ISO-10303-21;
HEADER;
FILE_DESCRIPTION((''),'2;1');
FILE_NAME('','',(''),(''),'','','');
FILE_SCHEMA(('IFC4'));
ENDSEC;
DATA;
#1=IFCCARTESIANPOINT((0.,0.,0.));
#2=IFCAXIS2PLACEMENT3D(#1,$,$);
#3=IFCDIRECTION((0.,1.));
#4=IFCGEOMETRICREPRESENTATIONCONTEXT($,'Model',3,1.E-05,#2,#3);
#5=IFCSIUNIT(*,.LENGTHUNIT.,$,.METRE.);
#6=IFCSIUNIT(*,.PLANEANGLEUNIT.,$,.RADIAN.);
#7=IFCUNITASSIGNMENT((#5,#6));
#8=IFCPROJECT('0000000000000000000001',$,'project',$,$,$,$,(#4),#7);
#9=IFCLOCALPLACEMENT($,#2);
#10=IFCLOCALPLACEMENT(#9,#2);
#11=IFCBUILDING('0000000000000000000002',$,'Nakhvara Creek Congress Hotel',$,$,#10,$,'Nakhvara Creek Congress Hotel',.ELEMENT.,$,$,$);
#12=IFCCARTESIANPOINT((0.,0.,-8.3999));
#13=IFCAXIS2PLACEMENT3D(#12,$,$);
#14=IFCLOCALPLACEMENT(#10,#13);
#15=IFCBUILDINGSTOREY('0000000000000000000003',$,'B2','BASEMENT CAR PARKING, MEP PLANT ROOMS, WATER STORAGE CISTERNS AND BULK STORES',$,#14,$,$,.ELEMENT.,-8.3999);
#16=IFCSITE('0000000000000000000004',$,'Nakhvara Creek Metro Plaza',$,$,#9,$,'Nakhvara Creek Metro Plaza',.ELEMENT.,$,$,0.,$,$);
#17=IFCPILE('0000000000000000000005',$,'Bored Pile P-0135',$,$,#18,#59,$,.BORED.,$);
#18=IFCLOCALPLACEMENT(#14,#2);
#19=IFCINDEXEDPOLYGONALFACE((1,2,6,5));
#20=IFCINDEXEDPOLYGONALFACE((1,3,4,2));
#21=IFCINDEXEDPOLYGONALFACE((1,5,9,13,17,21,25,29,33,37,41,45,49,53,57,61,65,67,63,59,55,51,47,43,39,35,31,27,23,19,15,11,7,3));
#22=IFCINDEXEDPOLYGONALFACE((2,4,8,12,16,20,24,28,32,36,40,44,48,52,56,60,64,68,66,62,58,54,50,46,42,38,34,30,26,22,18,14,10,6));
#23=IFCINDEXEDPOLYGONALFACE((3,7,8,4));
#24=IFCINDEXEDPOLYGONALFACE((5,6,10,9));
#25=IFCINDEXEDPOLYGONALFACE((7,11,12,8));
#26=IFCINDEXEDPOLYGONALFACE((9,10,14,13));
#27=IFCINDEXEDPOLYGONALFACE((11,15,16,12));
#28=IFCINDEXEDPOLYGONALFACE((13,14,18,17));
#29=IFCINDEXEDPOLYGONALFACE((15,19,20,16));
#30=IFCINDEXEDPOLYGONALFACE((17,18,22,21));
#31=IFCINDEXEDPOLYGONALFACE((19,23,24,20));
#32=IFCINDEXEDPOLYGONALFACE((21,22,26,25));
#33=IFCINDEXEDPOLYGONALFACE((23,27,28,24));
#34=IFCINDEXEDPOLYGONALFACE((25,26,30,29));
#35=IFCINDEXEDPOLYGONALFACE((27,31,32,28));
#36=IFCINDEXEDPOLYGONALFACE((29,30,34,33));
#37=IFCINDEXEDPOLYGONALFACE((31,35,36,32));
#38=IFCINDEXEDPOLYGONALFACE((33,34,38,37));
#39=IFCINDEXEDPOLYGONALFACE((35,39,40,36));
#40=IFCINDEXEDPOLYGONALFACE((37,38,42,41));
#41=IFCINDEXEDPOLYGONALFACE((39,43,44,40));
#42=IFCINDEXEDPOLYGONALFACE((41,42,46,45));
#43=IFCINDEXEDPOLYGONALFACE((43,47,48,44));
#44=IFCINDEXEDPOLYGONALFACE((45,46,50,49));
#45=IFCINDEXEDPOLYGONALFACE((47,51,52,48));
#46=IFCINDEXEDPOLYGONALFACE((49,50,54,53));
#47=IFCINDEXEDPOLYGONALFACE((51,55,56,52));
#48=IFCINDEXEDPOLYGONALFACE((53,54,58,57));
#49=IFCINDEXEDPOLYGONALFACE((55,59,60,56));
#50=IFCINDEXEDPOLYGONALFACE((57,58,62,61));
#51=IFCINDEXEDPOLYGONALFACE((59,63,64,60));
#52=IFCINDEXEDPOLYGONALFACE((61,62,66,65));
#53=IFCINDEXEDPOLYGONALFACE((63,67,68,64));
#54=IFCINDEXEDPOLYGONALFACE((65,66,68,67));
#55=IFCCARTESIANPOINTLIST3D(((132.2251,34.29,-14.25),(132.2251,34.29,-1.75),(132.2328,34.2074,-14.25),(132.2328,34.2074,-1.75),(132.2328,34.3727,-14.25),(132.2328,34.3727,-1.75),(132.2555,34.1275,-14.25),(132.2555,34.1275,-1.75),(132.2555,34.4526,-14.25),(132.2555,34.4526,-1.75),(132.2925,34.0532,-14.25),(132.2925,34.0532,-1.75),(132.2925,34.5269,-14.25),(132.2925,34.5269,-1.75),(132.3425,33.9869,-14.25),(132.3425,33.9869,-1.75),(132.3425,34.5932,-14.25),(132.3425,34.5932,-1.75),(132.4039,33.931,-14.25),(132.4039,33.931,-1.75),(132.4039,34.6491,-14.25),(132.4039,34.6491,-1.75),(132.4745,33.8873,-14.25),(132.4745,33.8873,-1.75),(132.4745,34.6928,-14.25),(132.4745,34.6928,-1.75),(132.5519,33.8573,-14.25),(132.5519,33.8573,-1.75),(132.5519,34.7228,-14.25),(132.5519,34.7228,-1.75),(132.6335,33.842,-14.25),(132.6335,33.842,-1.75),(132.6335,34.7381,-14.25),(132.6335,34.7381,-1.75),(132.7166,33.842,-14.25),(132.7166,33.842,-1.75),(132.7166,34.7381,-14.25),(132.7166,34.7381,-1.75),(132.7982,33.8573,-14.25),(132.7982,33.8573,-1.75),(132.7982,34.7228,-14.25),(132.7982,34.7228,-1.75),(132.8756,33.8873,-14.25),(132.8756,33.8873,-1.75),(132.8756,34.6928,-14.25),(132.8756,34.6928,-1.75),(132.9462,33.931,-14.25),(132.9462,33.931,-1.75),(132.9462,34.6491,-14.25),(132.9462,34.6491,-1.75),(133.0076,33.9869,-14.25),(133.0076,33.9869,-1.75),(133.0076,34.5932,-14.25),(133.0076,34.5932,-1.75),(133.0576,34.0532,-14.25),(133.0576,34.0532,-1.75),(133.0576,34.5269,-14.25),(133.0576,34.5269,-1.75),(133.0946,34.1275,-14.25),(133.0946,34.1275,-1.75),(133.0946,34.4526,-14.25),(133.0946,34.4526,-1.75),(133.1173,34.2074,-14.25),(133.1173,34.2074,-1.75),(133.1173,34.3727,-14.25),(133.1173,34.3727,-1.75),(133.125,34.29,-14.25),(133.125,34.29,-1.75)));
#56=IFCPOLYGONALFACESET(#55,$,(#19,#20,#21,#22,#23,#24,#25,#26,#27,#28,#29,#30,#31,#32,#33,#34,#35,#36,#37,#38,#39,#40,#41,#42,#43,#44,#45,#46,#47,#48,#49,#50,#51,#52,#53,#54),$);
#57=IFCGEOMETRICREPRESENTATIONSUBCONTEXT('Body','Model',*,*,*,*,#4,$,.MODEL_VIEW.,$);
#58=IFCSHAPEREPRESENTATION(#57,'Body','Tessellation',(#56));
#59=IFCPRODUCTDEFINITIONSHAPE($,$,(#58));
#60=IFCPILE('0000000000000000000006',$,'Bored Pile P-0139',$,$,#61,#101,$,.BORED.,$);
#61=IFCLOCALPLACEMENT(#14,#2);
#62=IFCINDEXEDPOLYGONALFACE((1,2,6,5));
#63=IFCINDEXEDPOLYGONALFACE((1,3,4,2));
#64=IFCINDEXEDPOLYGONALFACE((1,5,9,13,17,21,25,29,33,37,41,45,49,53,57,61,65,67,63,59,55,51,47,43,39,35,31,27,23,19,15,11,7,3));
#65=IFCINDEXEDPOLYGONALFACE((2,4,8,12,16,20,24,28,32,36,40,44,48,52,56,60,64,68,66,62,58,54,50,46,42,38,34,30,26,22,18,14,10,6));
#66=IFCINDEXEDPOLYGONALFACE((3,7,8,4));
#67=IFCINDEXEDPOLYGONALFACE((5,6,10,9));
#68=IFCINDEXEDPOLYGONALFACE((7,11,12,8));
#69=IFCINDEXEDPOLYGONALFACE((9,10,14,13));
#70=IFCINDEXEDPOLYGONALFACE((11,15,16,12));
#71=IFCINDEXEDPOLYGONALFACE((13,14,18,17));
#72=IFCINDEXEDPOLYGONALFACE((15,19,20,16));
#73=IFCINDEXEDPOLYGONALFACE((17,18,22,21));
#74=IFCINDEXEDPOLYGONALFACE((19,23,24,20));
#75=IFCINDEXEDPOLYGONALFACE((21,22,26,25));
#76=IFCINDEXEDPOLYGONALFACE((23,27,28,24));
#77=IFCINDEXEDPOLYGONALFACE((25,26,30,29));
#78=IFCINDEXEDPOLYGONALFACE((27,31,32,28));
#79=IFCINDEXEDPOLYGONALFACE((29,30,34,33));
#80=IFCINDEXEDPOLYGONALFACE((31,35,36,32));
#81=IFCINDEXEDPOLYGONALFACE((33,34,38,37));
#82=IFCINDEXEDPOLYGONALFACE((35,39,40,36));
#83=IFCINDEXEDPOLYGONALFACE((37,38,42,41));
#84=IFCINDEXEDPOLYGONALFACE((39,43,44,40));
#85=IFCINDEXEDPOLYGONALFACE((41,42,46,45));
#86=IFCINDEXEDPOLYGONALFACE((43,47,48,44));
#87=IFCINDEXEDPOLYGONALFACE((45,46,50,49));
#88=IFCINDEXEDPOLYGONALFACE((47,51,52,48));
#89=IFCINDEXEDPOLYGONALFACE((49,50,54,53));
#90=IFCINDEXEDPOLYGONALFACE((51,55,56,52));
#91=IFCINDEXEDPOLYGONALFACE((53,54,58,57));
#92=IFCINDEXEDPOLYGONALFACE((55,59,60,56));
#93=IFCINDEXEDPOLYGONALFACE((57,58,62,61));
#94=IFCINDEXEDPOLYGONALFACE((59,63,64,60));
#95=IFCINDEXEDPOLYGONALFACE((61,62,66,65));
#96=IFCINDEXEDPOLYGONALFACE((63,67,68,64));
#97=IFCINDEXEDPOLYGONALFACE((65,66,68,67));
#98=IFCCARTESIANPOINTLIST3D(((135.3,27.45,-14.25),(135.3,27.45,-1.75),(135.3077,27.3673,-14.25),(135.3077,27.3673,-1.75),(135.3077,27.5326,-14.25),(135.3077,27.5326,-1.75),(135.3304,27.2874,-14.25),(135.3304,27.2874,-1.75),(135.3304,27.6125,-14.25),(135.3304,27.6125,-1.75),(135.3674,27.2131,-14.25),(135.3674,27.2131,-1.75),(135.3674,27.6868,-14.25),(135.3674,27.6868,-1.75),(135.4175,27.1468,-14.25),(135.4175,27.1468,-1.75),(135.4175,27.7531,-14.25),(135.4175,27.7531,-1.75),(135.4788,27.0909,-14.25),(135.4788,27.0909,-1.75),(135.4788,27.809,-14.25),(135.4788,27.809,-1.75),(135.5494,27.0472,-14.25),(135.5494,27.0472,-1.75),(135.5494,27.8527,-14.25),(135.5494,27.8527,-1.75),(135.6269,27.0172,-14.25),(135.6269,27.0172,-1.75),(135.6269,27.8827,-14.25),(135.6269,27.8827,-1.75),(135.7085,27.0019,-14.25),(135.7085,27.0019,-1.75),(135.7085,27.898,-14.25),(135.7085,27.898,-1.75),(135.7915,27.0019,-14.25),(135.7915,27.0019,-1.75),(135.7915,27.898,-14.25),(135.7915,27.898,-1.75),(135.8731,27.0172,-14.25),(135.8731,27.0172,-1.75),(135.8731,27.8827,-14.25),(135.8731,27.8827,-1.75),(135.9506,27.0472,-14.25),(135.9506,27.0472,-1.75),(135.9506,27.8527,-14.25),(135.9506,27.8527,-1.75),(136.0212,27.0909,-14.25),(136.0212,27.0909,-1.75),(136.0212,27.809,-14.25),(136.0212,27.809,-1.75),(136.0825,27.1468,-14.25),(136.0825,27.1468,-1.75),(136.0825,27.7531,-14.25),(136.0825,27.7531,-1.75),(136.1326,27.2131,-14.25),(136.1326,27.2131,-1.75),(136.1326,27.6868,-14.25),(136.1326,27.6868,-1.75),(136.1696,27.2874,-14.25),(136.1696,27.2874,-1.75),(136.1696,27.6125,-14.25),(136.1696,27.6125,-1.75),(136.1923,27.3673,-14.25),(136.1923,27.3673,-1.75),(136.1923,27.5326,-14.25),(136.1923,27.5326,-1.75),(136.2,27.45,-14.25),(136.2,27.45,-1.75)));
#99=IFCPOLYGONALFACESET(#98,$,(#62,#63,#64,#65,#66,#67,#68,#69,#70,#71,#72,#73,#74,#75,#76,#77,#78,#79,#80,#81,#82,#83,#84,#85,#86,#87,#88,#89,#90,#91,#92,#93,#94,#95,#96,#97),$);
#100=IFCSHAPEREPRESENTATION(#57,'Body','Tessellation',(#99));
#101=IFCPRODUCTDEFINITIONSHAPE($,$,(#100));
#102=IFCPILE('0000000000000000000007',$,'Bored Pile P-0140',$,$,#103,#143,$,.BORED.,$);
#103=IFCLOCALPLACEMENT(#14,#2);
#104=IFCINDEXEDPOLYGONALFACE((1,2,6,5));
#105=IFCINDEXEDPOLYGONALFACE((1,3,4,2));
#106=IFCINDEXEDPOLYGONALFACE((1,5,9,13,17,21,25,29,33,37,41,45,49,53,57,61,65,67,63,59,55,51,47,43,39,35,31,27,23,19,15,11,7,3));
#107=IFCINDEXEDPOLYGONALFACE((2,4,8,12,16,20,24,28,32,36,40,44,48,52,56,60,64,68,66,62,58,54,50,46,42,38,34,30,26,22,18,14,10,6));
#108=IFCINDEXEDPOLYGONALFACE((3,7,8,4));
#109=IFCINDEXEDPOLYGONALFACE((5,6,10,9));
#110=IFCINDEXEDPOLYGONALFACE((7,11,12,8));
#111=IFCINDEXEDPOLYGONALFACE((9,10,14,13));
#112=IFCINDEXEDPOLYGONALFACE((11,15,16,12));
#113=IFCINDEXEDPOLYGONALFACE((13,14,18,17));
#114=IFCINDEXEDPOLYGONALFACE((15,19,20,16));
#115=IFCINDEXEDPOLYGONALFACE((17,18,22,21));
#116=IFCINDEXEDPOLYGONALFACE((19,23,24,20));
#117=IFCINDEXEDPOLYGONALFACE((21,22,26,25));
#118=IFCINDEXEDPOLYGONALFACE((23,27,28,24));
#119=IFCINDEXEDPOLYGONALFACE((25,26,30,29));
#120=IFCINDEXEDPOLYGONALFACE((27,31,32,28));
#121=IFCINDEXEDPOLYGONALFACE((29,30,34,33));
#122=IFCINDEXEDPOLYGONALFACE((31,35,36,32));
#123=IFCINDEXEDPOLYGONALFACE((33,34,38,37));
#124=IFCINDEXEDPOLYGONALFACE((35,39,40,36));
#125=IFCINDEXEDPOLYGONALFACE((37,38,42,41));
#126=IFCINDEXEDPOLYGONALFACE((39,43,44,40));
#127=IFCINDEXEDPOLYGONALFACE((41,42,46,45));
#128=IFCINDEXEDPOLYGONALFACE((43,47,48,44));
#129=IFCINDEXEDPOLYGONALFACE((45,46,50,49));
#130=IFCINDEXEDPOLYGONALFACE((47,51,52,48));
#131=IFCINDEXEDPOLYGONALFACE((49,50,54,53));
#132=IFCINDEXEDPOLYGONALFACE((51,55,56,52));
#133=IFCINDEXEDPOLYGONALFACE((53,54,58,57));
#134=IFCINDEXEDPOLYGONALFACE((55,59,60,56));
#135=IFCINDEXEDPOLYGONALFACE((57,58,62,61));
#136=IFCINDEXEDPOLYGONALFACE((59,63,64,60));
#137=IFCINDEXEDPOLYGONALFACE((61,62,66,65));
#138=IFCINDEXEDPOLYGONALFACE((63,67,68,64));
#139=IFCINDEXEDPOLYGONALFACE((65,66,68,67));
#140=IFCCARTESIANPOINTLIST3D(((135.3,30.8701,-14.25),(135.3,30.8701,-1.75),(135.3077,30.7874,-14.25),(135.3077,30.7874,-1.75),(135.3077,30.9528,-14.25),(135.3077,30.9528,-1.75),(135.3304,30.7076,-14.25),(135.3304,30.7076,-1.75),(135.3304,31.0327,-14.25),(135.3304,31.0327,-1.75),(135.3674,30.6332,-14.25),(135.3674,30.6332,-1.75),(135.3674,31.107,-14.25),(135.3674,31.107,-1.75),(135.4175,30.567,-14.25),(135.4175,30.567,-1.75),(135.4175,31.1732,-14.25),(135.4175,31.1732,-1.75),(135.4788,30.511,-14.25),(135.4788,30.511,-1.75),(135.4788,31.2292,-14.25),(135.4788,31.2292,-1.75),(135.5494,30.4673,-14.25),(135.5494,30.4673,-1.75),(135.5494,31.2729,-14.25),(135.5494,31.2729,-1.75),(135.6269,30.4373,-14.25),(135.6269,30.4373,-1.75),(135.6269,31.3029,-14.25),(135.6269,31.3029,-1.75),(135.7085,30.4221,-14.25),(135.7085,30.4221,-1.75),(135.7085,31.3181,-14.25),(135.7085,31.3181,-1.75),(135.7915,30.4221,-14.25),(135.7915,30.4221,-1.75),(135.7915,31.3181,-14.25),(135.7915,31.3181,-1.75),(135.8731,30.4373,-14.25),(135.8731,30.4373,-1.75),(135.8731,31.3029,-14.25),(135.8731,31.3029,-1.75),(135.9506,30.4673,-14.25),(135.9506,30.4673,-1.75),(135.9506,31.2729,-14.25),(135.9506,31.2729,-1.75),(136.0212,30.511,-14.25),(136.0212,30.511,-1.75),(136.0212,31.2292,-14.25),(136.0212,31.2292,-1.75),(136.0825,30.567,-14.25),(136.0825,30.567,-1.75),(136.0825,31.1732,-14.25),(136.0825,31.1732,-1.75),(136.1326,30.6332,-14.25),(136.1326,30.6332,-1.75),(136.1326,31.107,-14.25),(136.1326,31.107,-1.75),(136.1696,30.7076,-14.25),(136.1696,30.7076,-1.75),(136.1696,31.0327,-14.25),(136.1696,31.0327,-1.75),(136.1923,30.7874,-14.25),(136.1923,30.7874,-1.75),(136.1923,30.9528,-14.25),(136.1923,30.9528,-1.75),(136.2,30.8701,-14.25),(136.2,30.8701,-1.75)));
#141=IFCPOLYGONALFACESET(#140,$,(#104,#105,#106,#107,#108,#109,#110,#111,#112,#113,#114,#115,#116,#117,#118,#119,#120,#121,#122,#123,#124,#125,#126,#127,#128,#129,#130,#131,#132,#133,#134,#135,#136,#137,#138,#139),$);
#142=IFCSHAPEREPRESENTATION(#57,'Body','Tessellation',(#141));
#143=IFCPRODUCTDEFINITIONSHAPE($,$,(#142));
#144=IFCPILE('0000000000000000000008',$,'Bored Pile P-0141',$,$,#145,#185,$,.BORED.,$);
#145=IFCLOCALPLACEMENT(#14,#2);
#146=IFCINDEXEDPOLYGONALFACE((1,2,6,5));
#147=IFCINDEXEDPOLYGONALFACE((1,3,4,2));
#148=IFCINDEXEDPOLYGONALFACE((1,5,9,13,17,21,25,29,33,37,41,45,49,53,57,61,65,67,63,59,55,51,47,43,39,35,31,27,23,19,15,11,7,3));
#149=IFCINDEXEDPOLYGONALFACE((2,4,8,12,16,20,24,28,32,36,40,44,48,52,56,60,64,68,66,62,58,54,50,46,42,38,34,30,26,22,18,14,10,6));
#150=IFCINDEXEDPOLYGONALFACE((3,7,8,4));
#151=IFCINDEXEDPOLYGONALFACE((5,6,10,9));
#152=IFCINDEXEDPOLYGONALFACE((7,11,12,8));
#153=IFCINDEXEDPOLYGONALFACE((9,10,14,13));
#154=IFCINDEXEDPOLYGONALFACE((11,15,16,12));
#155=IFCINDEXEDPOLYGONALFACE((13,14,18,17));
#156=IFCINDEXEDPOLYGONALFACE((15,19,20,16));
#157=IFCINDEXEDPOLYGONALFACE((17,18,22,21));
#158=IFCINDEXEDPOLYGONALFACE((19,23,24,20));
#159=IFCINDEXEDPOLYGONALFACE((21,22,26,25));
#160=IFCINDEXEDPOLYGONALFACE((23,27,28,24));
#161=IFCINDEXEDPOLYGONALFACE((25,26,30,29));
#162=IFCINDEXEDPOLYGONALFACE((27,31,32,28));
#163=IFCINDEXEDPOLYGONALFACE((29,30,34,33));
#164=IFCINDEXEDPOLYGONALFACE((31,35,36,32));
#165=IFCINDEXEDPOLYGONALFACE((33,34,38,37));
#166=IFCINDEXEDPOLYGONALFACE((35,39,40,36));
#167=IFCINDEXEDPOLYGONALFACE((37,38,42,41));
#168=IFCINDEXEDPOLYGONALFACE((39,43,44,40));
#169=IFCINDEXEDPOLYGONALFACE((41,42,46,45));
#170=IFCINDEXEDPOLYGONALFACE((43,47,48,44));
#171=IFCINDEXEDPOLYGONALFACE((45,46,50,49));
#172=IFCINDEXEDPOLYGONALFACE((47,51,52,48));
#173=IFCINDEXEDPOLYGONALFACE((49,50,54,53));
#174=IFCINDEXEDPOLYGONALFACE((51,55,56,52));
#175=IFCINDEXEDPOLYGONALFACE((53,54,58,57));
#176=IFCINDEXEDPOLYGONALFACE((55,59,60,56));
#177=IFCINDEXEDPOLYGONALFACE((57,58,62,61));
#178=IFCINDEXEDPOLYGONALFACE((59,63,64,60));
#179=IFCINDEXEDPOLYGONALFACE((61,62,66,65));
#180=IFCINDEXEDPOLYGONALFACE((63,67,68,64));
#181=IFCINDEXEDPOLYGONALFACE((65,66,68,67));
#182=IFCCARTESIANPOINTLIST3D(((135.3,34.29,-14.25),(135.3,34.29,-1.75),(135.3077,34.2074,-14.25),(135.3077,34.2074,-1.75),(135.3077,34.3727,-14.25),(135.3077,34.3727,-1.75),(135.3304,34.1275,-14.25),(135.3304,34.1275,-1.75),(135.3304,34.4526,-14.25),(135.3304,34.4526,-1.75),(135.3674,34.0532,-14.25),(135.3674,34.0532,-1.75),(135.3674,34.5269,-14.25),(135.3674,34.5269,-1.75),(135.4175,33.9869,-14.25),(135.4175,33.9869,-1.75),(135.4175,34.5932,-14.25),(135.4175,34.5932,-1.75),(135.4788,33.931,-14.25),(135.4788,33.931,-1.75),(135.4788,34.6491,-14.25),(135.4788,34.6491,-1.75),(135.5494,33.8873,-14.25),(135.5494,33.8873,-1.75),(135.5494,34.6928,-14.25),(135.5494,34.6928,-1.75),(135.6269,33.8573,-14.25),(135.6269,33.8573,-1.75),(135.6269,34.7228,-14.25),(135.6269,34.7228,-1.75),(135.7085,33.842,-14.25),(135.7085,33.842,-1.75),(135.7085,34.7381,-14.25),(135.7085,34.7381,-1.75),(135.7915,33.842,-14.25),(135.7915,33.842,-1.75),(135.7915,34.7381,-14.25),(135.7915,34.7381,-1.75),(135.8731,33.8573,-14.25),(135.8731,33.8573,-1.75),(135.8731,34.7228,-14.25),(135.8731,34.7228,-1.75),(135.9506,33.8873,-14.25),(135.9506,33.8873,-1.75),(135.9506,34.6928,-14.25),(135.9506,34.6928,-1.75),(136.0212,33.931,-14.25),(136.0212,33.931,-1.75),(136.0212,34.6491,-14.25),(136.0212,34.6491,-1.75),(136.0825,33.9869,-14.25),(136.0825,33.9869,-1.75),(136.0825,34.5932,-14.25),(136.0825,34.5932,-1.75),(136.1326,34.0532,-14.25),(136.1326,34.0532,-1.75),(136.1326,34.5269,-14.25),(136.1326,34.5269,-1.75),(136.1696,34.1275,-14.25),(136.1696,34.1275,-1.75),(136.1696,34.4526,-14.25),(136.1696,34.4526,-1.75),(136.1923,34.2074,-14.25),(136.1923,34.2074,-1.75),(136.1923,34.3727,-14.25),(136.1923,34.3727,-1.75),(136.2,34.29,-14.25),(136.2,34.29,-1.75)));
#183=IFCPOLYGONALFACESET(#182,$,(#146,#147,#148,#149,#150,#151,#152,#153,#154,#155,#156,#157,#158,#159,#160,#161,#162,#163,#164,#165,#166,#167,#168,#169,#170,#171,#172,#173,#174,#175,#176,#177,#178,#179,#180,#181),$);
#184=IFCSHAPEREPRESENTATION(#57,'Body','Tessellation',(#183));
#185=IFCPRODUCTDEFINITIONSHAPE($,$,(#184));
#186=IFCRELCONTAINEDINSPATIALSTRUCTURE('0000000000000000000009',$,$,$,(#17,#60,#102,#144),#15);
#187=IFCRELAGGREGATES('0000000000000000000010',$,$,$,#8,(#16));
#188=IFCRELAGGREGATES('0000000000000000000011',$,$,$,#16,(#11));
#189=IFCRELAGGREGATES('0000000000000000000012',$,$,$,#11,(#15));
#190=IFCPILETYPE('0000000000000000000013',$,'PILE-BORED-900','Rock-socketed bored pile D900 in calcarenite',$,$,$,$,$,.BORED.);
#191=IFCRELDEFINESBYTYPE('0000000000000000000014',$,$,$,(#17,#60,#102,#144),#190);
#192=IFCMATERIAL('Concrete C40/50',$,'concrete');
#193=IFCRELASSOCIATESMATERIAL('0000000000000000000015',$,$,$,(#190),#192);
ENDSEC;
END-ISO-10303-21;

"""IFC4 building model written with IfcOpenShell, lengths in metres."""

from ifc_helpers import new_model, si_unit, direction, frame, origin, origin_2d, place, context, subcontext, project, spatial, circle, extrude, material, material_profile, profile_set, type_object, element, save


model = new_model("IFC4")

# Units and contexts
model_context = context("Model", 3, precision=1e-05, world=origin(), true_north=direction((0.0, 1.0)))
body_context = subcontext(model_context, "Body", "Model", "MODEL_VIEW")
ifc_project = project(units=[si_unit("LENGTHUNIT", "METRE"), si_unit("PLANEANGLEUNIT", "RADIAN")], contexts=[model_context])

# Site, building, storey
site_placement = place(None, origin())
site = spatial("IfcSite", under=ifc_project, at=site_placement, Name="Nakhvara Creek Metro Plaza", LongName="Nakhvara Creek Metro Plaza", CompositionType="ELEMENT", RefElevation=0.0)
building_placement = place(site_placement, origin())
building = spatial("IfcBuilding", under=site, at=building_placement, Name="Nakhvara Creek Congress Hotel", LongName="Nakhvara Creek Congress Hotel", CompositionType="ELEMENT")
storey_placement = place(building_placement, frame((0.0, 0.0, -8.3999)))
storey = spatial("IfcBuildingStorey", under=building, at=storey_placement, Name="B2", Description="BASEMENT CAR PARKING, MEP PLANT ROOMS, WATER STORAGE CISTERNS AND BULK STORES", CompositionType="ELEMENT", Elevation=-8.3999)

# Shared definitions
ifc_material_1 = material(Name="Concrete C40/50", Category="concrete")

# Piles
ifc_material_profile_1 = material_profile(ifc_material_1, circle(Radius=0.45, at=origin_2d()), Name="BORED PILE D900", Category="LoadBearing")
ifc_profile_set_1 = profile_set([ifc_material_profile_1], Name="Concrete C40/50")
pile_type = type_object("IfcPileType", Name="PILE-BORED-900", Description="Rock-socketed bored pile D900 in calcarenite", PredefinedType="BORED", material=ifc_profile_set_1)
for number, where, z_axis, x_axis, name in (
    (1, (132.675, 34.29, -1.75), (0.0, 0.0, -1.0), (1.0, 0.0, 0.0), "Bored Pile P-0135"),
    (2, (135.75, 27.45, -1.75), (0.0, 0.0, -1.0), (1.0, 0.0, 0.0), "Bored Pile P-0139"),
    (3, (135.75, 30.8701, -1.75), (0.0, 0.0, -1.0), (1.0, 0.0, 0.0), "Bored Pile P-0140"),
    (4, (135.75, 34.29, -1.75), (0.0, 0.0, -1.0), (1.0, 0.0, 0.0), "Bored Pile P-0141"),
):
    element("IfcPile", number, at=place(storey_placement, frame(where, z_axis=z_axis, x_axis=x_axis)), inside=storey, type_object=pile_type, Name=name, PredefinedType="BORED", context=body_context, shape_type="SweptSolid", body=[
        extrude(circle(Radius=0.45, at=origin_2d()), origin(), (0.0, 0.0, 1.0), 12.5),
    ])

save(model, "model.ifc")
